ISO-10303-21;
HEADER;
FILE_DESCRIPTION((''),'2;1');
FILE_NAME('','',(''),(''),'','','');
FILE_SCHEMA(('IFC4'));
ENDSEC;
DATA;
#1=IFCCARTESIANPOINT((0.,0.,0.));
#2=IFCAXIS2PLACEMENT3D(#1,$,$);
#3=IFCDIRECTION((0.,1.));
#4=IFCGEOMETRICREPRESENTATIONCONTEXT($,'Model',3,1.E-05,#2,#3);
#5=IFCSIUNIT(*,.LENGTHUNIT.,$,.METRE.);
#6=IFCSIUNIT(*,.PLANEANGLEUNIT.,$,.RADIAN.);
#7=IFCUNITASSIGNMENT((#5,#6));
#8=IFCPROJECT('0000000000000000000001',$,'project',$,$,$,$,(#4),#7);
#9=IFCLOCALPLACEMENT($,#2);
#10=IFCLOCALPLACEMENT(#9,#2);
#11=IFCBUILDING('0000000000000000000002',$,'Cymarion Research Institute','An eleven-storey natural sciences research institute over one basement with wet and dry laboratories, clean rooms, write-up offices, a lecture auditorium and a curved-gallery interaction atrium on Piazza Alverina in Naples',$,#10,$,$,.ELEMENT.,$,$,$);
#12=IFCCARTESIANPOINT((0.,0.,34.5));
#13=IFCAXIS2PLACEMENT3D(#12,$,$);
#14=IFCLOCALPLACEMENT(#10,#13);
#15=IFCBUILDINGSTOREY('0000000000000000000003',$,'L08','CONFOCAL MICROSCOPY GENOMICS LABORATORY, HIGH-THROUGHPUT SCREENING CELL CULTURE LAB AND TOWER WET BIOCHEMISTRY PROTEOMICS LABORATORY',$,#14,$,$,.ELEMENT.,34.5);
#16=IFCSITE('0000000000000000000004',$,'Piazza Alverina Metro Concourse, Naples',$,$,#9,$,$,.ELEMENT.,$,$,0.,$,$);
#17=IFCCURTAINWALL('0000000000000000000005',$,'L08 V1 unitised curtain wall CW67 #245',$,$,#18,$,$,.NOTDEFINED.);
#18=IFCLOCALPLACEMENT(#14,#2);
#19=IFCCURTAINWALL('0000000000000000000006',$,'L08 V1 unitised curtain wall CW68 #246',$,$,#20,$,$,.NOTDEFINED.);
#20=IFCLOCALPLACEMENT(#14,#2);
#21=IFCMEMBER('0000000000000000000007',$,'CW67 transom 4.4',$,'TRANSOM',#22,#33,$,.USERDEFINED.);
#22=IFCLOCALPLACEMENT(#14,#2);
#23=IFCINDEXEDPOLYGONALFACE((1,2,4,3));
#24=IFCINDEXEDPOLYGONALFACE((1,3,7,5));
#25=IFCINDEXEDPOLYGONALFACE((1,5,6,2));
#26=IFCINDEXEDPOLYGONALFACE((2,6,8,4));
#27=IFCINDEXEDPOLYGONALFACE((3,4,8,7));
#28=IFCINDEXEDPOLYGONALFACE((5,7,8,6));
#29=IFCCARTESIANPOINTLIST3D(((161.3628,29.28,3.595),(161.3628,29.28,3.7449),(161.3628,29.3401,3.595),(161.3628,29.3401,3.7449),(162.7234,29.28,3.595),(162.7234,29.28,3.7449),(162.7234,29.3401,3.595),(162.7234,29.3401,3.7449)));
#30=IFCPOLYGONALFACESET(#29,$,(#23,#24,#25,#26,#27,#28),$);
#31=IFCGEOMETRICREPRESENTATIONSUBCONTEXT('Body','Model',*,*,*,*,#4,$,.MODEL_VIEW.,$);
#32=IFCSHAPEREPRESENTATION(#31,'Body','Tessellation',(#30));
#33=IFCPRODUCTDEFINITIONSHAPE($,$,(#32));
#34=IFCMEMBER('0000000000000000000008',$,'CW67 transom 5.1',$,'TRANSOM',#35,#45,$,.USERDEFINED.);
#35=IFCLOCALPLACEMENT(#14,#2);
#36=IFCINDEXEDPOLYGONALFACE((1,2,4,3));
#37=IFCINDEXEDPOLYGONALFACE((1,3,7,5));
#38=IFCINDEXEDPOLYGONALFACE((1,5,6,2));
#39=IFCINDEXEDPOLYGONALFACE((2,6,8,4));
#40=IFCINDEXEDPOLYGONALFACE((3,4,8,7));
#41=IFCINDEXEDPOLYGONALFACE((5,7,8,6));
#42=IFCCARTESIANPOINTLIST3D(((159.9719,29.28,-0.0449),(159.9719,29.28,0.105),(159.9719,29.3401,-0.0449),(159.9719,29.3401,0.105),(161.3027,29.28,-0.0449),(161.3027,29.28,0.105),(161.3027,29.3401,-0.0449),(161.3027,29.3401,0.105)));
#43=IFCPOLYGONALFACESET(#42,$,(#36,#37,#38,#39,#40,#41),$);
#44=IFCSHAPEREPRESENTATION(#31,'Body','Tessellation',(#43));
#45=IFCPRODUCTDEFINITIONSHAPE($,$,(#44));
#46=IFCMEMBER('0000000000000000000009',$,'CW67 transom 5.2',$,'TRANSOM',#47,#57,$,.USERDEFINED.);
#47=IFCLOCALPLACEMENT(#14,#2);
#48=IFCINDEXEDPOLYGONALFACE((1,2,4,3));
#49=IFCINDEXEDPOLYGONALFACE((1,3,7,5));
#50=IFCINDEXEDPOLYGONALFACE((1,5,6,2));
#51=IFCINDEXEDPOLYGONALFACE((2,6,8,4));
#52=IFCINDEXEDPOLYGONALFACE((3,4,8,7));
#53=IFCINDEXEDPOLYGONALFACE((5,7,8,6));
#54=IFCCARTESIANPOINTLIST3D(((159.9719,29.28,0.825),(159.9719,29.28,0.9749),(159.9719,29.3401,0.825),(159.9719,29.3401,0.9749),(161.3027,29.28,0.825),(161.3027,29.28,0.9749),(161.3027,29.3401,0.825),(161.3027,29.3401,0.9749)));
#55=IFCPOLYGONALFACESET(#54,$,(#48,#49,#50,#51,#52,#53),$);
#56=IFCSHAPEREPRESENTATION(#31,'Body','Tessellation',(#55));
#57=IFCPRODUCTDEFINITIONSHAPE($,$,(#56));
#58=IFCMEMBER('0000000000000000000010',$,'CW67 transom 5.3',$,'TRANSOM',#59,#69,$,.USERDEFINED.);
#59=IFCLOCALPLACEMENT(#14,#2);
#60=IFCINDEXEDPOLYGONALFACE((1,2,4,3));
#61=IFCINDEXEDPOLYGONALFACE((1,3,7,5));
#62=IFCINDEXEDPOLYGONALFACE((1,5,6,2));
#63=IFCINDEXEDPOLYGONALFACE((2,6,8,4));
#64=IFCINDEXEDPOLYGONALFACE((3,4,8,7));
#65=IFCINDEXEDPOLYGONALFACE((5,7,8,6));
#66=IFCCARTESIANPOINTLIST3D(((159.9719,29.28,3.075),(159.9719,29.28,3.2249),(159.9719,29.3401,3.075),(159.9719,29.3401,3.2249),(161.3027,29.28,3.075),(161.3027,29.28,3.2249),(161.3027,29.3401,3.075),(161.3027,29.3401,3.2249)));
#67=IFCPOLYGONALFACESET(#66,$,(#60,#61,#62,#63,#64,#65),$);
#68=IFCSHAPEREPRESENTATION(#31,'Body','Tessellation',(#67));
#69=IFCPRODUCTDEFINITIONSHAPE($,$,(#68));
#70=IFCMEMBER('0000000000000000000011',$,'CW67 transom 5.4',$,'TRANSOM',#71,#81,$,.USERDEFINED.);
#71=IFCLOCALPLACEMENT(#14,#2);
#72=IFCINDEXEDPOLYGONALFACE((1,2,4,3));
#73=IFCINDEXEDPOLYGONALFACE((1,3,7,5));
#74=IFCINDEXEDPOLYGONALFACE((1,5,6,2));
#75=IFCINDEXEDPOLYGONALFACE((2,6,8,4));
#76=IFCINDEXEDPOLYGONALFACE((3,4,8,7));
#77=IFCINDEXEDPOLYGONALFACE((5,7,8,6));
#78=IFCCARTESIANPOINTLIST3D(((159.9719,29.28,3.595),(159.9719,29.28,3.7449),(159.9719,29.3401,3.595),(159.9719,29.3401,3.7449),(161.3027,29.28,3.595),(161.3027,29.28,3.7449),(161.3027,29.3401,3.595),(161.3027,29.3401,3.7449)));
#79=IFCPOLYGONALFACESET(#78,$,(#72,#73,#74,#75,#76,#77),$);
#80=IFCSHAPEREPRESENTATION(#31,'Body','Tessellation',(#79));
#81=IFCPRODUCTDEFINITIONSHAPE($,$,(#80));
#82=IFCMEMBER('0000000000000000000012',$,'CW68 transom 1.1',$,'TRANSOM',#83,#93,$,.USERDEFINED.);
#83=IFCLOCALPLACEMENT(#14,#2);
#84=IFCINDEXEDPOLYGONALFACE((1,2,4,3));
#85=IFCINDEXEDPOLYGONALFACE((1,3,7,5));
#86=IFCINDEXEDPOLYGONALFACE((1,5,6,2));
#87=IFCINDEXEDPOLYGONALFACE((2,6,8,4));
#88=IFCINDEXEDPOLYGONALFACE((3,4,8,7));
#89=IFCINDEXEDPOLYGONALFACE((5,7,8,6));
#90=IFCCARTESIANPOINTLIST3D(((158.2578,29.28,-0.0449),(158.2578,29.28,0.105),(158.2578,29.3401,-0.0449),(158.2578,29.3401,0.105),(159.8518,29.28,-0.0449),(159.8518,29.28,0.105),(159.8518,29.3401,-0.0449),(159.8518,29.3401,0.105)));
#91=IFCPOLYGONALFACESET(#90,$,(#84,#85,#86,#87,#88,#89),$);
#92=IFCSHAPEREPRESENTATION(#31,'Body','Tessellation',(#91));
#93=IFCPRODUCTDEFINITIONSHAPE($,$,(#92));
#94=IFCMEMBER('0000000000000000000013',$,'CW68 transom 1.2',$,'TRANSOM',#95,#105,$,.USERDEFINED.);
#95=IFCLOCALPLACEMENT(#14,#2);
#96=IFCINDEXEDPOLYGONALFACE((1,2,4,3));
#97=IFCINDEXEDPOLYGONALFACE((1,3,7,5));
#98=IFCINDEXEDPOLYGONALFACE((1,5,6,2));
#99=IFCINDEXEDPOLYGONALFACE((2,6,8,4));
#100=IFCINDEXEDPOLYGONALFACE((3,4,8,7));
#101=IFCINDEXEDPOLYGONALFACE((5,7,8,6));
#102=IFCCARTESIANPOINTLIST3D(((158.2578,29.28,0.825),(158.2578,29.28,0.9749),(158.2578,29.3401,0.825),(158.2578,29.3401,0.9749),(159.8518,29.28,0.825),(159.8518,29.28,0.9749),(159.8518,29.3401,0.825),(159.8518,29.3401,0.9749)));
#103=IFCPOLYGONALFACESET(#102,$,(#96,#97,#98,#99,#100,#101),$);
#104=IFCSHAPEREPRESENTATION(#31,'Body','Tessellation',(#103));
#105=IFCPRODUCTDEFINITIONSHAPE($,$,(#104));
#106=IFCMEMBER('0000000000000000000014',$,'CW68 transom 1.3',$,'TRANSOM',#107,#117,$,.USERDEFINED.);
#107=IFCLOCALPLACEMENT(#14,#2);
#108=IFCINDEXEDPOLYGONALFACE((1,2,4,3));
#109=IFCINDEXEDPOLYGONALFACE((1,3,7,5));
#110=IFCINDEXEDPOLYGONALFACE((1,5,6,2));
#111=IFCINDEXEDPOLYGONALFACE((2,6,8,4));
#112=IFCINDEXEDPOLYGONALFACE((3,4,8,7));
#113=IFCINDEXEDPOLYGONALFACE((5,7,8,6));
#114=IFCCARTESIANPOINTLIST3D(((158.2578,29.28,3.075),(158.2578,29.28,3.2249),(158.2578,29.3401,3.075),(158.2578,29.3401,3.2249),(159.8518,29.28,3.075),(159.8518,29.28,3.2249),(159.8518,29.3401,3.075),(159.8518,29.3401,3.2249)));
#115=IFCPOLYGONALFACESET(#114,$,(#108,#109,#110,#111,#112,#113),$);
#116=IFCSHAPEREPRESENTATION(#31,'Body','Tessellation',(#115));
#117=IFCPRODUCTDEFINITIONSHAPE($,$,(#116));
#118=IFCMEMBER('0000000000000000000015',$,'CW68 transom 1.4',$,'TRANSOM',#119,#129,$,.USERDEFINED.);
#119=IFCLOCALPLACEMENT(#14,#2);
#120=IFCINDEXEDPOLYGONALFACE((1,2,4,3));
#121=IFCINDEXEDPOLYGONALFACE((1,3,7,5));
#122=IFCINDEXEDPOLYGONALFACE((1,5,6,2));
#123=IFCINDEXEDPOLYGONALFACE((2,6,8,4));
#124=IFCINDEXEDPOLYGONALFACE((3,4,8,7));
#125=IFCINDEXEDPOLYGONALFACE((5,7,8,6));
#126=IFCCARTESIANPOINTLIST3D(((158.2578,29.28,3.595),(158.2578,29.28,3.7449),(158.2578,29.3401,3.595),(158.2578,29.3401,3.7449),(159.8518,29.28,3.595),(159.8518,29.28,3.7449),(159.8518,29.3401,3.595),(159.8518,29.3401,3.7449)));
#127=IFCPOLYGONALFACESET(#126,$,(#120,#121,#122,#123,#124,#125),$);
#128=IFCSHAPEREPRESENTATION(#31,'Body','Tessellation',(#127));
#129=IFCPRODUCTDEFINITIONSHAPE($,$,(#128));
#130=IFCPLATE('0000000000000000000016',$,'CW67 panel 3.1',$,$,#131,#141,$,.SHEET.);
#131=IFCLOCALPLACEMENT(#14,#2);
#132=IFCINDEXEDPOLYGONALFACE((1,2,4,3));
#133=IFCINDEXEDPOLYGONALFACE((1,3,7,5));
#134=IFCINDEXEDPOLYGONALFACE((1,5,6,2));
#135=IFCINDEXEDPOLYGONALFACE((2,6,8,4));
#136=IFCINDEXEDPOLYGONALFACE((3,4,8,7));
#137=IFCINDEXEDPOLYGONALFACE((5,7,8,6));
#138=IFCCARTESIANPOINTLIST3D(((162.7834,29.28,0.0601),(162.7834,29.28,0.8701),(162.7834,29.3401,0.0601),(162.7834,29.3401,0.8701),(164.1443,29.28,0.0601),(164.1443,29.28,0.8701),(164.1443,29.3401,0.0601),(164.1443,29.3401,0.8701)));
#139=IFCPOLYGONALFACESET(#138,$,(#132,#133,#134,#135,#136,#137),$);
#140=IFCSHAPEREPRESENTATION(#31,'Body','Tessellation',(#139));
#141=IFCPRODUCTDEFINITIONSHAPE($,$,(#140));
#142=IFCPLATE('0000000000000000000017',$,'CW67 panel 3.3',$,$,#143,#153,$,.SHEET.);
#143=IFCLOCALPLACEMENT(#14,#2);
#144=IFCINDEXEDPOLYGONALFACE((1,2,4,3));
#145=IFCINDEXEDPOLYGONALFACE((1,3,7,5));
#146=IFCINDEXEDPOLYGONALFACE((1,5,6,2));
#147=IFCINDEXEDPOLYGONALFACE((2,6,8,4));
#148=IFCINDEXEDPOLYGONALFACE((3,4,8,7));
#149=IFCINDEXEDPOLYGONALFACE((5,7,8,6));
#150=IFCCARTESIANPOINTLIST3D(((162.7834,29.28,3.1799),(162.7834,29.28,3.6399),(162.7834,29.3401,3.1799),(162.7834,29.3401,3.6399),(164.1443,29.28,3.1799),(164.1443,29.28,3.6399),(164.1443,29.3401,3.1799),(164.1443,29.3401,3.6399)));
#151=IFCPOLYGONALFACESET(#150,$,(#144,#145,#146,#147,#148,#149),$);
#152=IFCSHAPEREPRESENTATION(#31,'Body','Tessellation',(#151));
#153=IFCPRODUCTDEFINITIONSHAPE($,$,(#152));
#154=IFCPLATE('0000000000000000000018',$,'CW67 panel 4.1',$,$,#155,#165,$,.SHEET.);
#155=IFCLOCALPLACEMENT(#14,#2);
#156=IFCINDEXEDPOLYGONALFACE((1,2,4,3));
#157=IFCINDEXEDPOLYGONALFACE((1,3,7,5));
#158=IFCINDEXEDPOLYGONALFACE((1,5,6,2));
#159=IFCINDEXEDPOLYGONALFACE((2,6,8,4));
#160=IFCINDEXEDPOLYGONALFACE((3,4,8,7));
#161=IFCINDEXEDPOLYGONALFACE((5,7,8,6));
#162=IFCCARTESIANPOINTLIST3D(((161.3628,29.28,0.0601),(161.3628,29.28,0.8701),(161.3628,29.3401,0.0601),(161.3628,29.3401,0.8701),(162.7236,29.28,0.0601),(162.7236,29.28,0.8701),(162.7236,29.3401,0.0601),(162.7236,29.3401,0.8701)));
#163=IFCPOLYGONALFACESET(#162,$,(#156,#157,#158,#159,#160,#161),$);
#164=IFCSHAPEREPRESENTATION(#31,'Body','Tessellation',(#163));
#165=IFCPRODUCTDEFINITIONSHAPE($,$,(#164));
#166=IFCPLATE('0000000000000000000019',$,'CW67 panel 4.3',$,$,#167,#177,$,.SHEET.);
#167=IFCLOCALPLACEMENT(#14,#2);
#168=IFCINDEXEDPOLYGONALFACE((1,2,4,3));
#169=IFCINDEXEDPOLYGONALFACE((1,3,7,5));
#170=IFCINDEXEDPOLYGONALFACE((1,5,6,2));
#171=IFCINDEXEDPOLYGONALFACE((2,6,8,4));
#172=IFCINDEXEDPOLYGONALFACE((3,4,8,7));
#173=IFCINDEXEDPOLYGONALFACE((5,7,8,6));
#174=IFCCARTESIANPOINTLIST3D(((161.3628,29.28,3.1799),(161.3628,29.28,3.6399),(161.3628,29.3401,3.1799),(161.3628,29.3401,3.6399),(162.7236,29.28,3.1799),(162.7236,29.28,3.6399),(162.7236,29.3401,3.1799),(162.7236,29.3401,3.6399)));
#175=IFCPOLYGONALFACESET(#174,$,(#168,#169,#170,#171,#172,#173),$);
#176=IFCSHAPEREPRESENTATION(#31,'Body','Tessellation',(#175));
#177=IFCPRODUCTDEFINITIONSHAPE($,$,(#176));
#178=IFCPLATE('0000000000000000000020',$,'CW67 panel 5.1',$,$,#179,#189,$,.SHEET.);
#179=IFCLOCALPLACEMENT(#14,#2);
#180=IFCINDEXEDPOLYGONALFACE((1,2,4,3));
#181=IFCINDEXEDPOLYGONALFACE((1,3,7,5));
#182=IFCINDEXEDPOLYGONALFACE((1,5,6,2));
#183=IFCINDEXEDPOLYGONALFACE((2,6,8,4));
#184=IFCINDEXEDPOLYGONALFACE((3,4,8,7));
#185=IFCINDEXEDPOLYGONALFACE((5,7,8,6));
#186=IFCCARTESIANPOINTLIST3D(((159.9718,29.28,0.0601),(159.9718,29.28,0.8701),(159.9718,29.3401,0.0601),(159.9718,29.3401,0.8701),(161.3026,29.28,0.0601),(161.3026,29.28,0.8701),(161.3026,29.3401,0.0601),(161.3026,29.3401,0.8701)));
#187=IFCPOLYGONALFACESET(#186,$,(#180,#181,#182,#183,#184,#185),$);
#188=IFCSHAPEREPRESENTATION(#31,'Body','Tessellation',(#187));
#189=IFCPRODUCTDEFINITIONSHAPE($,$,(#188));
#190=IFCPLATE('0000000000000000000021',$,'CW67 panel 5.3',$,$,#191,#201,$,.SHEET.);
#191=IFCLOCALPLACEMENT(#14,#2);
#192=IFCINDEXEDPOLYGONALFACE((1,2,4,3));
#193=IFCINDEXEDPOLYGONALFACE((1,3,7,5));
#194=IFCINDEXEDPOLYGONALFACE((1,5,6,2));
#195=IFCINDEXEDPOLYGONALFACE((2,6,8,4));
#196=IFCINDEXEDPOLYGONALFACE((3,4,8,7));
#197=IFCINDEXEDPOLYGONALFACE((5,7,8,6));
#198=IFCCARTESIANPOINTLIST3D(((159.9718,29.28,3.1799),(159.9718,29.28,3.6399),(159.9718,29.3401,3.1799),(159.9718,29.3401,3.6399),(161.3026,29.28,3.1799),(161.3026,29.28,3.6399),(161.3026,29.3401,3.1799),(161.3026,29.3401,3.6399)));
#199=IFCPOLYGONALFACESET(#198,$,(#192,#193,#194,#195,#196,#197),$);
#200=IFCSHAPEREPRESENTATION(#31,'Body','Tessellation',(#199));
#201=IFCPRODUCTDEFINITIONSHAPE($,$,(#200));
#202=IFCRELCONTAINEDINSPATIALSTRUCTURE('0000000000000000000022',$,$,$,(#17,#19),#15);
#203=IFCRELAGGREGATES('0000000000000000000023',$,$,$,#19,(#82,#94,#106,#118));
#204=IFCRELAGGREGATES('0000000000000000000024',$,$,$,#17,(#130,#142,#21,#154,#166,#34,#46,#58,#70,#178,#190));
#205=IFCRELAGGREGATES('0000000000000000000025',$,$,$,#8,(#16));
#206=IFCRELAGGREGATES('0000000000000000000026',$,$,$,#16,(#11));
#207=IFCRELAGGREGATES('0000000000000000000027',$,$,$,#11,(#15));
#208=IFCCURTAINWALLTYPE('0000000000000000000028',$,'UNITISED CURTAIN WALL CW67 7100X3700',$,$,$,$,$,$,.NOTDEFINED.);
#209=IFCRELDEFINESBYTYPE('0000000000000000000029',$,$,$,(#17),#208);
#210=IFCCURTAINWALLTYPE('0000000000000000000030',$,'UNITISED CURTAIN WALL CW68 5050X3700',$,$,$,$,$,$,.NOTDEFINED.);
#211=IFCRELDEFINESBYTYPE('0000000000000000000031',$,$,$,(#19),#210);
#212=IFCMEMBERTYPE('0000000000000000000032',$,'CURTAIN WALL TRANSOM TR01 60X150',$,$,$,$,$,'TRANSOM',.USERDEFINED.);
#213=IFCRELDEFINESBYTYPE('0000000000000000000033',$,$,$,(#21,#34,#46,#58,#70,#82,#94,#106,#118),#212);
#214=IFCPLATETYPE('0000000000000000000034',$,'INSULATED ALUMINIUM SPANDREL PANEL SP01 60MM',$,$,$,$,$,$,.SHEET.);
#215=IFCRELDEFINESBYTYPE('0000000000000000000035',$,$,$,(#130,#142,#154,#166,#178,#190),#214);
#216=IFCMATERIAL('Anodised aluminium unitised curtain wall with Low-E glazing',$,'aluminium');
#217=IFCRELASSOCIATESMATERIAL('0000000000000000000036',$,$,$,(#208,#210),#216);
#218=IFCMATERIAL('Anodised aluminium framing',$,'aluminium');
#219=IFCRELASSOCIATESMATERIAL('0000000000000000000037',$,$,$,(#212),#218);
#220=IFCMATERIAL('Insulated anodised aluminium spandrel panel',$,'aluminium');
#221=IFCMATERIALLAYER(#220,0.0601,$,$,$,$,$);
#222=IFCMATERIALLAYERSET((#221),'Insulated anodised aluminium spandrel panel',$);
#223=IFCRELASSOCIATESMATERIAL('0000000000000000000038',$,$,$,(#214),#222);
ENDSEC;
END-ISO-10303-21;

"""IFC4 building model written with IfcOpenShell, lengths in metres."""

from ifc_helpers import new_model, si_unit, direction, frame, origin, origin_2d, place, context, subcontext, project, spatial, rectangle, extrude, material, layer, layer_set, material_profile, profile_set, type_object, element, aggregate, save


model = new_model("IFC4")

# Units and contexts
model_context = context("Model", 3, precision=1e-05, world=origin(), true_north=direction((0.0, 1.0)))
body_context = subcontext(model_context, "Body", "Model", "MODEL_VIEW")
ifc_project = project(units=[si_unit("LENGTHUNIT", "METRE"), si_unit("PLANEANGLEUNIT", "RADIAN")], contexts=[model_context])

# Site, building, storey
site_placement = place(None, origin())
site = spatial("IfcSite", under=ifc_project, at=site_placement, Name="Piazza Alverina Metro Concourse, Naples", CompositionType="ELEMENT", RefElevation=0.0)
building_placement = place(site_placement, origin())
building = spatial("IfcBuilding", under=site, at=building_placement, Name="Cymarion Research Institute", Description="An eleven-storey natural sciences research institute over one basement with wet and dry laboratories, clean rooms, write-up offices, a lecture auditorium and a curved-gallery interaction atrium on Piazza Alverina in Naples", CompositionType="ELEMENT")
storey_placement = place(building_placement, frame((0.0, 0.0, 34.5)))
storey = spatial("IfcBuildingStorey", under=building, at=storey_placement, Name="L08", Description="CONFOCAL MICROSCOPY GENOMICS LABORATORY, HIGH-THROUGHPUT SCREENING CELL CULTURE LAB AND TOWER WET BIOCHEMISTRY PROTEOMICS LABORATORY", CompositionType="ELEMENT", Elevation=34.5)

# Curtain wall
ifc_material_1 = material(Name="Anodised aluminium unitised curtain wall with Low-E glazing", Category="aluminium")
curtain_wall_type_1 = type_object("IfcCurtainWallType", Name="UNITISED CURTAIN WALL CW67 7100X3700", PredefinedType="NOTDEFINED", material=ifc_material_1)
curtain_wall_1_placement = place(storey_placement, origin())
curtain_wall_1 = element("IfcCurtainWall", 1, at=curtain_wall_1_placement, inside=storey, type_object=curtain_wall_type_1, Name="L08 V1 unitised curtain wall CW67 #245", PredefinedType="NOTDEFINED")
ifc_material_2 = material(Name="Anodised aluminium framing", Category="aluminium")

# Curtain wall
curtain_wall_type_2 = type_object("IfcCurtainWallType", Name="UNITISED CURTAIN WALL CW68 5050X3700", PredefinedType="NOTDEFINED", material=ifc_material_1)
curtain_wall_2_placement = place(storey_placement, origin())
curtain_wall_2 = element("IfcCurtainWall", 2, at=curtain_wall_2_placement, inside=storey, type_object=curtain_wall_type_2, Name="L08 V1 unitised curtain wall CW68 #246", PredefinedType="NOTDEFINED")

# Members
ifc_material_profile_1 = material_profile(ifc_material_2, rectangle(XDim=0.0601, YDim=0.1499, at=origin_2d()), Name="ALU TRANSOM 60x150")
ifc_profile_set_1 = profile_set([ifc_material_profile_1], Name="Anodised aluminium framing")
member_type_1 = type_object("IfcMemberType", Name="CURTAIN WALL TRANSOM TR01 60X150", ElementType="TRANSOM", PredefinedType="USERDEFINED", material=ifc_profile_set_1)
member_1_placement = place(storey_placement, frame((162.7234, 29.3101, 3.6699), z_axis=(-1.0, 0.0, 0.0), x_axis=(0.0, -1.0, 0.0)))
member_1 = element("IfcMember", 3, at=member_1_placement, type_object=member_type_1, Name="CW67 transom 4.4", ObjectType="TRANSOM", PredefinedType="USERDEFINED", context=body_context, shape_type="SweptSolid", body=[
    extrude(rectangle(XDim=0.0601, YDim=0.1499, at=origin_2d()), origin(), (0.0, 0.0, 1.0), 1.3606),
])
member_2_placement = place(storey_placement, frame((161.3027, 29.3101, 0.03), z_axis=(-1.0, 0.0, 0.0), x_axis=(0.0, -1.0, 0.0)))
member_2 = element("IfcMember", 4, at=member_2_placement, type_object=member_type_1, Name="CW67 transom 5.1", ObjectType="TRANSOM", PredefinedType="USERDEFINED", context=body_context, shape_type="SweptSolid", body=[
    extrude(rectangle(XDim=0.0601, YDim=0.1499, at=origin_2d()), origin(), (0.0, 0.0, 1.0), 1.3308),
])
member_3_placement = place(storey_placement, frame((161.3027, 29.3101, 0.8999), z_axis=(-1.0, 0.0, 0.0), x_axis=(0.0, -1.0, 0.0)))
member_3 = element("IfcMember", 5, at=member_3_placement, type_object=member_type_1, Name="CW67 transom 5.2", ObjectType="TRANSOM", PredefinedType="USERDEFINED", context=body_context, shape_type="SweptSolid", body=[
    extrude(rectangle(XDim=0.0601, YDim=0.1499, at=origin_2d()), origin(), (0.0, 0.0, 1.0), 1.3308),
])
member_4_placement = place(storey_placement, frame((161.3027, 29.3101, 3.1499), z_axis=(-1.0, 0.0, 0.0), x_axis=(0.0, -1.0, 0.0)))
member_4 = element("IfcMember", 6, at=member_4_placement, type_object=member_type_1, Name="CW67 transom 5.3", ObjectType="TRANSOM", PredefinedType="USERDEFINED", context=body_context, shape_type="SweptSolid", body=[
    extrude(rectangle(XDim=0.0601, YDim=0.1499, at=origin_2d()), origin(), (0.0, 0.0, 1.0), 1.3308),
])
member_5_placement = place(storey_placement, frame((161.3027, 29.3101, 3.6699), z_axis=(-1.0, 0.0, 0.0), x_axis=(0.0, -1.0, 0.0)))
member_5 = element("IfcMember", 7, at=member_5_placement, type_object=member_type_1, Name="CW67 transom 5.4", ObjectType="TRANSOM", PredefinedType="USERDEFINED", context=body_context, shape_type="SweptSolid", body=[
    extrude(rectangle(XDim=0.0601, YDim=0.1499, at=origin_2d()), origin(), (0.0, 0.0, 1.0), 1.3308),
])
member_6_placement = place(storey_placement, frame((159.8518, 29.3101, 0.03), z_axis=(-1.0, 0.0, 0.0), x_axis=(0.0, -1.0, 0.0)))
member_6 = element("IfcMember", 8, at=member_6_placement, type_object=member_type_1, Name="CW68 transom 1.1", ObjectType="TRANSOM", PredefinedType="USERDEFINED", context=body_context, shape_type="SweptSolid", body=[
    extrude(rectangle(XDim=0.0601, YDim=0.1499, at=origin_2d()), origin(), (0.0, 0.0, 1.0), 1.594),
])
member_7_placement = place(storey_placement, frame((159.8518, 29.3101, 0.8999), z_axis=(-1.0, 0.0, 0.0), x_axis=(0.0, -1.0, 0.0)))
member_7 = element("IfcMember", 9, at=member_7_placement, type_object=member_type_1, Name="CW68 transom 1.2", ObjectType="TRANSOM", PredefinedType="USERDEFINED", context=body_context, shape_type="SweptSolid", body=[
    extrude(rectangle(XDim=0.0601, YDim=0.1499, at=origin_2d()), origin(), (0.0, 0.0, 1.0), 1.594),
])
member_8_placement = place(storey_placement, frame((159.8518, 29.3101, 3.1499), z_axis=(-1.0, 0.0, 0.0), x_axis=(0.0, -1.0, 0.0)))
member_8 = element("IfcMember", 10, at=member_8_placement, type_object=member_type_1, Name="CW68 transom 1.3", ObjectType="TRANSOM", PredefinedType="USERDEFINED", context=body_context, shape_type="SweptSolid", body=[
    extrude(rectangle(XDim=0.0601, YDim=0.1499, at=origin_2d()), origin(), (0.0, 0.0, 1.0), 1.594),
])
member_9_placement = place(storey_placement, frame((159.8518, 29.3101, 3.6699), z_axis=(-1.0, 0.0, 0.0), x_axis=(0.0, -1.0, 0.0)))
member_9 = element("IfcMember", 11, at=member_9_placement, type_object=member_type_1, Name="CW68 transom 1.4", ObjectType="TRANSOM", PredefinedType="USERDEFINED", context=body_context, shape_type="SweptSolid", body=[
    extrude(rectangle(XDim=0.0601, YDim=0.1499, at=origin_2d()), origin(), (0.0, 0.0, 1.0), 1.594),
])

# Plates
ifc_material_3 = material(Name="Insulated anodised aluminium spandrel panel", Category="aluminium")
ifc_layer_1 = layer(ifc_material_3, 0.0601)
ifc_layer_set_1 = layer_set([ifc_layer_1], Name="Insulated anodised aluminium spandrel panel")
plate_type_1 = type_object("IfcPlateType", Name="INSULATED ALUMINIUM SPANDREL PANEL SP01 60MM", PredefinedType="SHEET", material=ifc_layer_set_1)
plate_1_placement = place(storey_placement, frame((163.4639, 29.3101, 0.0601), z_axis=(0.0, 0.0, 1.0), x_axis=(-1.0, 0.0, 0.0)))
plate_1 = element("IfcPlate", 12, at=plate_1_placement, type_object=plate_type_1, Name="CW67 panel 3.1", PredefinedType="SHEET", context=body_context, shape_type="SweptSolid", body=[
    extrude(rectangle(XDim=1.3608, YDim=0.0601, at=origin_2d()), origin(), (0.0, 0.0, 1.0), 0.8101),
])
plate_2_placement = place(storey_placement, frame((163.4639, 29.3101, 3.1799), z_axis=(0.0, 0.0, 1.0), x_axis=(-1.0, 0.0, 0.0)))
plate_2 = element("IfcPlate", 13, at=plate_2_placement, type_object=plate_type_1, Name="CW67 panel 3.3", PredefinedType="SHEET", context=body_context, shape_type="SweptSolid", body=[
    extrude(rectangle(XDim=1.3608, YDim=0.0601, at=origin_2d()), origin(), (0.0, 0.0, 1.0), 0.46),
])
plate_3_placement = place(storey_placement, frame((162.0432, 29.3101, 0.0601), z_axis=(0.0, 0.0, 1.0), x_axis=(-1.0, 0.0, 0.0)))
plate_3 = element("IfcPlate", 14, at=plate_3_placement, type_object=plate_type_1, Name="CW67 panel 4.1", PredefinedType="SHEET", context=body_context, shape_type="SweptSolid", body=[
    extrude(rectangle(XDim=1.3608, YDim=0.0601, at=origin_2d()), origin(), (0.0, 0.0, 1.0), 0.8101),
])
plate_4_placement = place(storey_placement, frame((162.0432, 29.3101, 3.1799), z_axis=(0.0, 0.0, 1.0), x_axis=(-1.0, 0.0, 0.0)))
plate_4 = element("IfcPlate", 15, at=plate_4_placement, type_object=plate_type_1, Name="CW67 panel 4.3", PredefinedType="SHEET", context=body_context, shape_type="SweptSolid", body=[
    extrude(rectangle(XDim=1.3608, YDim=0.0601, at=origin_2d()), origin(), (0.0, 0.0, 1.0), 0.46),
])
plate_5_placement = place(storey_placement, frame((160.6372, 29.3101, 0.0601), z_axis=(0.0, 0.0, 1.0), x_axis=(-1.0, 0.0, 0.0)))
plate_5 = element("IfcPlate", 16, at=plate_5_placement, type_object=plate_type_1, Name="CW67 panel 5.1", PredefinedType="SHEET", context=body_context, shape_type="SweptSolid", body=[
    extrude(rectangle(XDim=1.3308, YDim=0.0601, at=origin_2d()), origin(), (0.0, 0.0, 1.0), 0.8101),
])
plate_6_placement = place(storey_placement, frame((160.6372, 29.3101, 3.1799), z_axis=(0.0, 0.0, 1.0), x_axis=(-1.0, 0.0, 0.0)))
plate_6 = element("IfcPlate", 17, at=plate_6_placement, type_object=plate_type_1, Name="CW67 panel 5.3", PredefinedType="SHEET", context=body_context, shape_type="SweptSolid", body=[
    extrude(rectangle(XDim=1.3308, YDim=0.0601, at=origin_2d()), origin(), (0.0, 0.0, 1.0), 0.46),
])
aggregate(curtain_wall_2, [member_6, member_7, member_8, member_9])
aggregate(curtain_wall_1, [plate_1, plate_2, member_1, plate_3, plate_4, member_2, member_3, member_4, member_5, plate_5, plate_6])

save(model, "model.ifc")
